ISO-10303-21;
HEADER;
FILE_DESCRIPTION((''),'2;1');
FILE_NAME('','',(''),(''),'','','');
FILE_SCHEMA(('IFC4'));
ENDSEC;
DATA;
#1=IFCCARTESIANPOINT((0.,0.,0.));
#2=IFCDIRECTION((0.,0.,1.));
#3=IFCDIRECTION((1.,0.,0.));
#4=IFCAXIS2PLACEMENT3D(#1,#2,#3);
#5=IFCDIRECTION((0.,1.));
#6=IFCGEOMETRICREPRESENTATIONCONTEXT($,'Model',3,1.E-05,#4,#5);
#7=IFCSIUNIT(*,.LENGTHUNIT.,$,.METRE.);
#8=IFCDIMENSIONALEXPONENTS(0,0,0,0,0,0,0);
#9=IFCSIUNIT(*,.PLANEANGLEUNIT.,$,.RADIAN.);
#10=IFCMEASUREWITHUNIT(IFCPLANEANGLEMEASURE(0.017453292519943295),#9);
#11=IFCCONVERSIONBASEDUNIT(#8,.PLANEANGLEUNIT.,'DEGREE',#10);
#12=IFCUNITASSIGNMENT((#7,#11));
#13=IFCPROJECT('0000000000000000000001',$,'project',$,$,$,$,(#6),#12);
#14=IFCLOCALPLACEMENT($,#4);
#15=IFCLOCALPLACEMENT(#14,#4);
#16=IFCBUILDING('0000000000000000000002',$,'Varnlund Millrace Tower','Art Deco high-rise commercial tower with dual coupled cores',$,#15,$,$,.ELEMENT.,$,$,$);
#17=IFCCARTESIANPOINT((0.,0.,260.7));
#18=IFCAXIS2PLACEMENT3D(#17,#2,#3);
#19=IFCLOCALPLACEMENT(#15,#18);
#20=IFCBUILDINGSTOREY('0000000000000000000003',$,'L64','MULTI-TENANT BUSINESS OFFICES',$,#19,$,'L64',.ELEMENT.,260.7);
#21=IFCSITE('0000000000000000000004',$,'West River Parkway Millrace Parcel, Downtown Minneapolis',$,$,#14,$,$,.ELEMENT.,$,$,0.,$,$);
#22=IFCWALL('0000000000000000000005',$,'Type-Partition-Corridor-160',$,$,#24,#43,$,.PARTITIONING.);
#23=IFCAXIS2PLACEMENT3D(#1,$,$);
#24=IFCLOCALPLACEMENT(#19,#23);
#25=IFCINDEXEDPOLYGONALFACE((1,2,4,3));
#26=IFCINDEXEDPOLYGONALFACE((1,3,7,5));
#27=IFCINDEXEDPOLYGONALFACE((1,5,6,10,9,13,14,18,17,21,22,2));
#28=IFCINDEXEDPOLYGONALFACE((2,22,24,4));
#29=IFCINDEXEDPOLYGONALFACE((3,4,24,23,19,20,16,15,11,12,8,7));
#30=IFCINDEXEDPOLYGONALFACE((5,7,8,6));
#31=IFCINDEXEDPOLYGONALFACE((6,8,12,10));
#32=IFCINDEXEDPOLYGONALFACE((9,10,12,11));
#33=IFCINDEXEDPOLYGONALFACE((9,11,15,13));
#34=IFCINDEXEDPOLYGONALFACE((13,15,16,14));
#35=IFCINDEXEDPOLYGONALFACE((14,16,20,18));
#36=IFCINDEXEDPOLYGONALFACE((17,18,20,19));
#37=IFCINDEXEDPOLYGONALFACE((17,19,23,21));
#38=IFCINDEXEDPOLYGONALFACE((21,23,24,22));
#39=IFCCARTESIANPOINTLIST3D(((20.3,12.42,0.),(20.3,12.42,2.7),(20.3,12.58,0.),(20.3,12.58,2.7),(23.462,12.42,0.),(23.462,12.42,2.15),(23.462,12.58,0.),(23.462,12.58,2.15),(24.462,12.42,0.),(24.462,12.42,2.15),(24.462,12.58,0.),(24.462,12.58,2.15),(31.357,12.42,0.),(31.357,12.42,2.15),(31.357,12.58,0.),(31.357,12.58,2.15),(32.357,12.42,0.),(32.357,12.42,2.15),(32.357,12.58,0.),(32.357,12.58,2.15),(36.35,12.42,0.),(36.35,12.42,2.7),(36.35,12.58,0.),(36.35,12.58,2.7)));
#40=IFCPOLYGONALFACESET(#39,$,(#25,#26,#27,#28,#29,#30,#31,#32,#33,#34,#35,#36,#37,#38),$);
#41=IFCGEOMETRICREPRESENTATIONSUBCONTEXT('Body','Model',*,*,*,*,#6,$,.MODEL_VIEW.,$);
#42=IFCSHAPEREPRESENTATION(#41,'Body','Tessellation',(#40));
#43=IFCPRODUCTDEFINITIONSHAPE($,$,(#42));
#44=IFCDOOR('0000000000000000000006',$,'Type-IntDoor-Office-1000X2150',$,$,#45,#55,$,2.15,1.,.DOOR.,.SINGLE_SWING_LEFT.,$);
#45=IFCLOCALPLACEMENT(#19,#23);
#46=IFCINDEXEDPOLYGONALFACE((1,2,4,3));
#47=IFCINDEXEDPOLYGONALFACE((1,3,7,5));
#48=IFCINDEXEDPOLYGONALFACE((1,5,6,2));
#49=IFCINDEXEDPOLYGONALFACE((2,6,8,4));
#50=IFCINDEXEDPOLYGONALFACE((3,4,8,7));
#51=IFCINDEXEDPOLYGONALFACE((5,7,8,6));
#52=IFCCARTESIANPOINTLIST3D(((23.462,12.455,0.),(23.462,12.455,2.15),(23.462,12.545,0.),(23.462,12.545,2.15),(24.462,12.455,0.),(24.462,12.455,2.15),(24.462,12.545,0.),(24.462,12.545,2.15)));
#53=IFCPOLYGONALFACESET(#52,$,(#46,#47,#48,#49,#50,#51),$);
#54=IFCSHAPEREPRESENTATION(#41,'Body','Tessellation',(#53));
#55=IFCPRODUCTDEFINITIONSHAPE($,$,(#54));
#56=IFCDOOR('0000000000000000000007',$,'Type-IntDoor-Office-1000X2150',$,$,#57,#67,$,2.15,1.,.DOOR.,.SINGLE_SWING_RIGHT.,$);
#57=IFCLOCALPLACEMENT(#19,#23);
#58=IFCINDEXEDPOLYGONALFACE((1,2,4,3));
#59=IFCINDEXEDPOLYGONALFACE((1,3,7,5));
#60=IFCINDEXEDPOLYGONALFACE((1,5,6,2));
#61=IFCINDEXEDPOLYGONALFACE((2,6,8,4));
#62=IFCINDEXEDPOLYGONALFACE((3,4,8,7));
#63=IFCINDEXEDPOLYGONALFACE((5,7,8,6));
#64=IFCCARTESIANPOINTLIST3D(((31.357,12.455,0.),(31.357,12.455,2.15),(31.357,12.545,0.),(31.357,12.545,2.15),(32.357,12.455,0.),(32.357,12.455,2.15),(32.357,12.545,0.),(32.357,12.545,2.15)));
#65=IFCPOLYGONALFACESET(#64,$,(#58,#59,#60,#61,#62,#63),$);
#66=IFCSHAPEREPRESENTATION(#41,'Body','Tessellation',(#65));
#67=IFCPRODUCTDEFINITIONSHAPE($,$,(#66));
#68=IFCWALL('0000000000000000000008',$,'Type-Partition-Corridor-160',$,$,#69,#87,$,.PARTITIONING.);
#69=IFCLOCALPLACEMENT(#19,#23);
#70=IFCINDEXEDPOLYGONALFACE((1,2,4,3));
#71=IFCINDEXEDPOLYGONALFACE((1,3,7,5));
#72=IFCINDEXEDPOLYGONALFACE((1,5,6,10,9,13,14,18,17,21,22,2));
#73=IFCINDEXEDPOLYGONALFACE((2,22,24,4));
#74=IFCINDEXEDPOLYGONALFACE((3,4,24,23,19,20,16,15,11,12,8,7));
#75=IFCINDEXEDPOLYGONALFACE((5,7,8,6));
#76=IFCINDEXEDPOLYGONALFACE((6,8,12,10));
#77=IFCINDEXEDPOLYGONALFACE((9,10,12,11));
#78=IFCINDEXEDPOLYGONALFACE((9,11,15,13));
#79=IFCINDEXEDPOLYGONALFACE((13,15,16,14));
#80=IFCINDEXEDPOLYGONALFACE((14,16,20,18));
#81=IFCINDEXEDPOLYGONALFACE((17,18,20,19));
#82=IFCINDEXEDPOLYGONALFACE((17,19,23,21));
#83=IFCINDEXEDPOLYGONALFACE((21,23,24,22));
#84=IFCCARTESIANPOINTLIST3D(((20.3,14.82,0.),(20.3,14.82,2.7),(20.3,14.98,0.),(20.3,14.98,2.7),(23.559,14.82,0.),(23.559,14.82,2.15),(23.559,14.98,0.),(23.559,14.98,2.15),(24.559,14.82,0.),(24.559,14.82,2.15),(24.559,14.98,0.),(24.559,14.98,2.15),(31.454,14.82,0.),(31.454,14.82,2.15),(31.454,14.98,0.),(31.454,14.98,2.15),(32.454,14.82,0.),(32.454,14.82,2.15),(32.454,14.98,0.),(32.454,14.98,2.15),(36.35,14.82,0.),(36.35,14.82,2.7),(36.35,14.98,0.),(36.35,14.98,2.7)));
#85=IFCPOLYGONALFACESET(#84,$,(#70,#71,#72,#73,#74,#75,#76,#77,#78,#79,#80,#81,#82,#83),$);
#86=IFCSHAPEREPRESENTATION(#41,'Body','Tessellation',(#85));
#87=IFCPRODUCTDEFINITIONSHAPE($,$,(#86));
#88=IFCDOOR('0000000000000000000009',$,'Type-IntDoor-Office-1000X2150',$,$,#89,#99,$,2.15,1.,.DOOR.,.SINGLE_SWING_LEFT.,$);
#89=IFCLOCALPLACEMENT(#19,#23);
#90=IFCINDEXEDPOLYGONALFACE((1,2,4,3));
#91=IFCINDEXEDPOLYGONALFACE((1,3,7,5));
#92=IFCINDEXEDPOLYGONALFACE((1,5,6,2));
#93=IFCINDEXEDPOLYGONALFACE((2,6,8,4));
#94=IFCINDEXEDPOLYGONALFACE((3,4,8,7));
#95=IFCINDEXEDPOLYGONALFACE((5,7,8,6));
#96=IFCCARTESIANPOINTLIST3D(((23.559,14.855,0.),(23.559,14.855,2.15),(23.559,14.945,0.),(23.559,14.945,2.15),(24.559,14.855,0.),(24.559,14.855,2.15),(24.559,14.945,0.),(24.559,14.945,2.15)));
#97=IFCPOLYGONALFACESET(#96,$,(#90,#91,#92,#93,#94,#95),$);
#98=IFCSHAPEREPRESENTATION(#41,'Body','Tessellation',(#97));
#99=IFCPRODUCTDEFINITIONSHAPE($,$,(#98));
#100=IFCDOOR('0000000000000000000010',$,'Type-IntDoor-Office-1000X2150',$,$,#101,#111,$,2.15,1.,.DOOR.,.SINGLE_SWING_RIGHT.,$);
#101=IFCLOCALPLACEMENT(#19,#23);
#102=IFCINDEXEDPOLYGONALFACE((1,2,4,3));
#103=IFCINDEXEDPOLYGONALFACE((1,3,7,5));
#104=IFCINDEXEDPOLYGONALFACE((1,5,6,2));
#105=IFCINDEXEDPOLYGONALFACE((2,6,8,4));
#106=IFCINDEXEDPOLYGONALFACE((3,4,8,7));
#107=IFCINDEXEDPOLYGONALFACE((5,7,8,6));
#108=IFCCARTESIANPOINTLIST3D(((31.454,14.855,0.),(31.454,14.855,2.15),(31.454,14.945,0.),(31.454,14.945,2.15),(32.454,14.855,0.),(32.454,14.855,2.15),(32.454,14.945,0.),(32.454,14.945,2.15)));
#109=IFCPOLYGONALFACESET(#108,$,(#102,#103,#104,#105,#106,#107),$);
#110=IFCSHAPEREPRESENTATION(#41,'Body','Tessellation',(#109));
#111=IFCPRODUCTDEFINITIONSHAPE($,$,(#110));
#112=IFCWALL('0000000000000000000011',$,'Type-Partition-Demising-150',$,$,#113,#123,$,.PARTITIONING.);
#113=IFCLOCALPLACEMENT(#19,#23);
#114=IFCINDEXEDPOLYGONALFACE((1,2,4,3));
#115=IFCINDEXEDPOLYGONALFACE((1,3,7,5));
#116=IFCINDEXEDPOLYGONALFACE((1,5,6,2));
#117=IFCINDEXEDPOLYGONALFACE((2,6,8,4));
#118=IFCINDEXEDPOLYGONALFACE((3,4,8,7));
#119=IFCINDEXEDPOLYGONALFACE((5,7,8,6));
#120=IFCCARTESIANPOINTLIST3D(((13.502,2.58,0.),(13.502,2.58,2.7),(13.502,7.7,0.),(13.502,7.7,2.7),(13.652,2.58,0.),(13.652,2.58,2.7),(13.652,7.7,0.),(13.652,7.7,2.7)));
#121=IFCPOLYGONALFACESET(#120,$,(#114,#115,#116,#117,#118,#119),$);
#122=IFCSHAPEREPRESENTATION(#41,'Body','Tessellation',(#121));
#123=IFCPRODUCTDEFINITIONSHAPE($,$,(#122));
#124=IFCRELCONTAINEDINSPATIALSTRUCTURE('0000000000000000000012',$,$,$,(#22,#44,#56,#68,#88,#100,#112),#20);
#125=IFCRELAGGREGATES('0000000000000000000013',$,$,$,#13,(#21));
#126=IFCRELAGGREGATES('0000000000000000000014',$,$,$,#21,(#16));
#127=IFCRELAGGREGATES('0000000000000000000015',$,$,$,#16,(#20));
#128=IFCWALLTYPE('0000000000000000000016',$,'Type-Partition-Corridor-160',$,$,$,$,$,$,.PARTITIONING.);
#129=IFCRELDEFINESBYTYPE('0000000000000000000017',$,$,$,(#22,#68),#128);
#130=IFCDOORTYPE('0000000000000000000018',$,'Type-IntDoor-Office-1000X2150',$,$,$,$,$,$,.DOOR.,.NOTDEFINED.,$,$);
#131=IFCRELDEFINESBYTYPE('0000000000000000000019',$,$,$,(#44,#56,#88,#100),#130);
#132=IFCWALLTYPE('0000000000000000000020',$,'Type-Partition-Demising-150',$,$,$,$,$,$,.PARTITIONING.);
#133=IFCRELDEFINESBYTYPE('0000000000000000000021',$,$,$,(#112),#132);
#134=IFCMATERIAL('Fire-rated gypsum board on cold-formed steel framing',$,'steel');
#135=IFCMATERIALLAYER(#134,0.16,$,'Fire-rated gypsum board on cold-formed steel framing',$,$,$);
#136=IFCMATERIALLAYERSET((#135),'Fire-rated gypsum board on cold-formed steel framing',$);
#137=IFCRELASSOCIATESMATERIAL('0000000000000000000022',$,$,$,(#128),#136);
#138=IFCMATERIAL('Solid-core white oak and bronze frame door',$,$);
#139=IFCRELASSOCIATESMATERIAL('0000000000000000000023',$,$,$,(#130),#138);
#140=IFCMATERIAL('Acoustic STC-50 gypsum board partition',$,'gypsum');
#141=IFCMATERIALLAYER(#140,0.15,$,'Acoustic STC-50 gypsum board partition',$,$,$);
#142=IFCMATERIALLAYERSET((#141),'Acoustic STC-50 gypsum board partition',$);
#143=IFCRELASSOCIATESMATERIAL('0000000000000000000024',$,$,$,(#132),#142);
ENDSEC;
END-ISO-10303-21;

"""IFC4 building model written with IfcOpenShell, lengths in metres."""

from ifc_helpers import new_model, entity, si_unit, converted_unit, direction, frame, origin_with_axes, origin_2d_with_axis, place, context, subcontext, project, spatial, polyline, rectangle, outline, extrude, material, layer, layer_set, type_object, element, fill, save


model = new_model("IFC4")

# Units and contexts
model_context = context("Model", 3, precision=1e-05, world=origin_with_axes(), true_north=direction((0.0, 1.0)))
body_context = subcontext(model_context, "Body", "Model", "MODEL_VIEW")
ifc_project = project(units=[si_unit("LENGTHUNIT", "METRE"), converted_unit("PLANEANGLEUNIT", "DEGREE", entity("IfcPlaneAngleMeasure", 0.017453292519943295), si_unit("PLANEANGLEUNIT", "RADIAN"), dimensions=[0, 0, 0, 0, 0, 0, 0])], contexts=[model_context])

# Site, building, storey
site_placement = place(None, origin_with_axes())
site = spatial("IfcSite", under=ifc_project, at=site_placement, Name="West River Parkway Millrace Parcel, Downtown Minneapolis", CompositionType="ELEMENT", RefElevation=0.0)
building_placement = place(site_placement, origin_with_axes())
building = spatial("IfcBuilding", under=site, at=building_placement, Name="Varnlund Millrace Tower", Description="Art Deco high-rise commercial tower with dual coupled cores", CompositionType="ELEMENT")
storey_placement = place(building_placement, frame((0.0, 0.0, 260.7), z_axis=(0.0, 0.0, 1.0), x_axis=(1.0, 0.0, 0.0)))
storey = spatial("IfcBuildingStorey", under=building, at=storey_placement, Name="L64", Description="MULTI-TENANT BUSINESS OFFICES", LongName="L64", CompositionType="ELEMENT", Elevation=260.7)

# Walls, openings, doors
ifc_material_1 = material(Name="Fire-rated gypsum board on cold-formed steel framing", Category="steel")
ifc_layer_1 = layer(ifc_material_1, 0.16, Name="Fire-rated gypsum board on cold-formed steel framing")
ifc_layer_set_1 = layer_set([ifc_layer_1], Name="Fire-rated gypsum board on cold-formed steel framing")
wall_type_1 = type_object("IfcWallType", Name="Type-Partition-Corridor-160", PredefinedType="PARTITIONING", material=ifc_layer_set_1)
wall_1_placement = place(storey_placement, frame((20.3, 12.5, 0.0), z_axis=(0.0, 0.0, 1.0), x_axis=(1.0, 0.0, 0.0)))
wall_1 = element("IfcWall", 1, at=wall_1_placement, inside=storey, type_object=wall_type_1, Name="Type-Partition-Corridor-160", PredefinedType="PARTITIONING", context=body_context, shape_type="SweptSolid", body=[
    extrude(outline(polyline([(0.0, -0.08), (16.05, -0.08), (16.05, 0.08), (0.0, 0.08), (0.0, -0.08)])), origin_with_axes(), (0.0, 0.0, 1.0), 2.7),
])
opening_1_placement = place(wall_1_placement, frame((3.662, 0.0, 0.0), z_axis=(0.0, 0.0, 1.0), x_axis=(1.0, 0.0, 0.0)))
opening_1 = element("IfcOpeningElement", 2, at=opening_1_placement, cuts=wall_1, PredefinedType="OPENING", context=body_context, shape_type="SweptSolid", body=[
    extrude(rectangle(XDim=1.0, YDim=0.18, at=origin_2d_with_axis()), origin_with_axes(), (0.0, 0.0, 1.0), 2.15),
])
opening_2_placement = place(wall_1_placement, frame((11.557, 0.0, 0.0), z_axis=(0.0, 0.0, 1.0), x_axis=(1.0, 0.0, 0.0)))
opening_2 = element("IfcOpeningElement", 3, at=opening_2_placement, cuts=wall_1, PredefinedType="OPENING", context=body_context, shape_type="SweptSolid", body=[
    extrude(rectangle(XDim=1.0, YDim=0.18, at=origin_2d_with_axis()), origin_with_axes(), (0.0, 0.0, 1.0), 2.15),
])
ifc_material_2 = material(Name="Solid-core white oak and bronze frame door")
door_type = type_object("IfcDoorType", Name="Type-IntDoor-Office-1000X2150", OperationType="NOTDEFINED", PredefinedType="DOOR", material=ifc_material_2)
door_1_placement = place(wall_1_placement, frame((3.662, 0.0, 0.0), z_axis=(0.0, 0.0, 1.0), x_axis=(1.0, 0.0, 0.0)))
door_1 = element("IfcDoor", 4, at=door_1_placement, inside=storey, type_object=door_type, Name="Type-IntDoor-Office-1000X2150", OperationType="SINGLE_SWING_LEFT", OverallHeight=2.15, OverallWidth=1.0, PredefinedType="DOOR", context=body_context, shape_type="SweptSolid", body=[
    extrude(rectangle(XDim=1.0, YDim=0.09, at=origin_2d_with_axis()), origin_with_axes(), (0.0, 0.0, 1.0), 2.15),
])
fill(opening_1, door_1)
door_2_placement = place(wall_1_placement, frame((11.557, 0.0, 0.0), z_axis=(0.0, 0.0, 1.0), x_axis=(1.0, 0.0, 0.0)))
door_2 = element("IfcDoor", 5, at=door_2_placement, inside=storey, type_object=door_type, Name="Type-IntDoor-Office-1000X2150", OperationType="SINGLE_SWING_RIGHT", OverallHeight=2.15, OverallWidth=1.0, PredefinedType="DOOR", context=body_context, shape_type="SweptSolid", body=[
    extrude(rectangle(XDim=1.0, YDim=0.09, at=origin_2d_with_axis()), origin_with_axes(), (0.0, 0.0, 1.0), 2.15),
])
fill(opening_2, door_2)
wall_2_placement = place(storey_placement, frame((20.3, 14.9, 0.0), z_axis=(0.0, 0.0, 1.0), x_axis=(1.0, 0.0, 0.0)))
wall_2 = element("IfcWall", 6, at=wall_2_placement, inside=storey, type_object=wall_type_1, Name="Type-Partition-Corridor-160", PredefinedType="PARTITIONING", context=body_context, shape_type="SweptSolid", body=[
    extrude(outline(polyline([(0.0, -0.08), (16.05, -0.08), (16.05, 0.08), (0.0, 0.08), (0.0, -0.08)])), origin_with_axes(), (0.0, 0.0, 1.0), 2.7),
])
opening_3_placement = place(wall_2_placement, frame((3.759, 0.0, 0.0), z_axis=(0.0, 0.0, 1.0), x_axis=(1.0, 0.0, 0.0)))
opening_3 = element("IfcOpeningElement", 7, at=opening_3_placement, cuts=wall_2, PredefinedType="OPENING", context=body_context, shape_type="SweptSolid", body=[
    extrude(rectangle(XDim=1.0, YDim=0.18, at=origin_2d_with_axis()), origin_with_axes(), (0.0, 0.0, 1.0), 2.15),
])
opening_4_placement = place(wall_2_placement, frame((11.654, 0.0, 0.0), z_axis=(0.0, 0.0, 1.0), x_axis=(1.0, 0.0, 0.0)))
opening_4 = element("IfcOpeningElement", 8, at=opening_4_placement, cuts=wall_2, PredefinedType="OPENING", context=body_context, shape_type="SweptSolid", body=[
    extrude(rectangle(XDim=1.0, YDim=0.18, at=origin_2d_with_axis()), origin_with_axes(), (0.0, 0.0, 1.0), 2.15),
])
door_3_placement = place(wall_2_placement, frame((3.759, 0.0, 0.0), z_axis=(0.0, 0.0, 1.0), x_axis=(1.0, 0.0, 0.0)))
door_3 = element("IfcDoor", 9, at=door_3_placement, inside=storey, type_object=door_type, Name="Type-IntDoor-Office-1000X2150", OperationType="SINGLE_SWING_LEFT", OverallHeight=2.15, OverallWidth=1.0, PredefinedType="DOOR", context=body_context, shape_type="SweptSolid", body=[
    extrude(rectangle(XDim=1.0, YDim=0.09, at=origin_2d_with_axis()), origin_with_axes(), (0.0, 0.0, 1.0), 2.15),
])
fill(opening_3, door_3)
door_4_placement = place(wall_2_placement, frame((11.654, 0.0, 0.0), z_axis=(0.0, 0.0, 1.0), x_axis=(1.0, 0.0, 0.0)))
door_4 = element("IfcDoor", 10, at=door_4_placement, inside=storey, type_object=door_type, Name="Type-IntDoor-Office-1000X2150", OperationType="SINGLE_SWING_RIGHT", OverallHeight=2.15, OverallWidth=1.0, PredefinedType="DOOR", context=body_context, shape_type="SweptSolid", body=[
    extrude(rectangle(XDim=1.0, YDim=0.09, at=origin_2d_with_axis()), origin_with_axes(), (0.0, 0.0, 1.0), 2.15),
])
fill(opening_4, door_4)

# Wall
ifc_material_3 = material(Name="Acoustic STC-50 gypsum board partition", Category="gypsum")
ifc_layer_2 = layer(ifc_material_3, 0.15, Name="Acoustic STC-50 gypsum board partition")
ifc_layer_set_2 = layer_set([ifc_layer_2], Name="Acoustic STC-50 gypsum board partition")
wall_type_2 = type_object("IfcWallType", Name="Type-Partition-Demising-150", PredefinedType="PARTITIONING", material=ifc_layer_set_2)
wall_3_placement = place(storey_placement, frame((13.577, 2.58, 0.0), z_axis=(0.0, 0.0, 1.0), x_axis=(0.0, 1.0, 0.0)))
element("IfcWall", 11, at=wall_3_placement, inside=storey, type_object=wall_type_2, Name="Type-Partition-Demising-150", PredefinedType="PARTITIONING", context=body_context, shape_type="SweptSolid", body=[
    extrude(outline(polyline([(0.0, -0.075), (5.12, -0.075), (5.12, 0.075), (0.0, 0.075), (0.0, -0.075)])), origin_with_axes(), (0.0, 0.0, 1.0), 2.7),
])

save(model, "model.ifc")
